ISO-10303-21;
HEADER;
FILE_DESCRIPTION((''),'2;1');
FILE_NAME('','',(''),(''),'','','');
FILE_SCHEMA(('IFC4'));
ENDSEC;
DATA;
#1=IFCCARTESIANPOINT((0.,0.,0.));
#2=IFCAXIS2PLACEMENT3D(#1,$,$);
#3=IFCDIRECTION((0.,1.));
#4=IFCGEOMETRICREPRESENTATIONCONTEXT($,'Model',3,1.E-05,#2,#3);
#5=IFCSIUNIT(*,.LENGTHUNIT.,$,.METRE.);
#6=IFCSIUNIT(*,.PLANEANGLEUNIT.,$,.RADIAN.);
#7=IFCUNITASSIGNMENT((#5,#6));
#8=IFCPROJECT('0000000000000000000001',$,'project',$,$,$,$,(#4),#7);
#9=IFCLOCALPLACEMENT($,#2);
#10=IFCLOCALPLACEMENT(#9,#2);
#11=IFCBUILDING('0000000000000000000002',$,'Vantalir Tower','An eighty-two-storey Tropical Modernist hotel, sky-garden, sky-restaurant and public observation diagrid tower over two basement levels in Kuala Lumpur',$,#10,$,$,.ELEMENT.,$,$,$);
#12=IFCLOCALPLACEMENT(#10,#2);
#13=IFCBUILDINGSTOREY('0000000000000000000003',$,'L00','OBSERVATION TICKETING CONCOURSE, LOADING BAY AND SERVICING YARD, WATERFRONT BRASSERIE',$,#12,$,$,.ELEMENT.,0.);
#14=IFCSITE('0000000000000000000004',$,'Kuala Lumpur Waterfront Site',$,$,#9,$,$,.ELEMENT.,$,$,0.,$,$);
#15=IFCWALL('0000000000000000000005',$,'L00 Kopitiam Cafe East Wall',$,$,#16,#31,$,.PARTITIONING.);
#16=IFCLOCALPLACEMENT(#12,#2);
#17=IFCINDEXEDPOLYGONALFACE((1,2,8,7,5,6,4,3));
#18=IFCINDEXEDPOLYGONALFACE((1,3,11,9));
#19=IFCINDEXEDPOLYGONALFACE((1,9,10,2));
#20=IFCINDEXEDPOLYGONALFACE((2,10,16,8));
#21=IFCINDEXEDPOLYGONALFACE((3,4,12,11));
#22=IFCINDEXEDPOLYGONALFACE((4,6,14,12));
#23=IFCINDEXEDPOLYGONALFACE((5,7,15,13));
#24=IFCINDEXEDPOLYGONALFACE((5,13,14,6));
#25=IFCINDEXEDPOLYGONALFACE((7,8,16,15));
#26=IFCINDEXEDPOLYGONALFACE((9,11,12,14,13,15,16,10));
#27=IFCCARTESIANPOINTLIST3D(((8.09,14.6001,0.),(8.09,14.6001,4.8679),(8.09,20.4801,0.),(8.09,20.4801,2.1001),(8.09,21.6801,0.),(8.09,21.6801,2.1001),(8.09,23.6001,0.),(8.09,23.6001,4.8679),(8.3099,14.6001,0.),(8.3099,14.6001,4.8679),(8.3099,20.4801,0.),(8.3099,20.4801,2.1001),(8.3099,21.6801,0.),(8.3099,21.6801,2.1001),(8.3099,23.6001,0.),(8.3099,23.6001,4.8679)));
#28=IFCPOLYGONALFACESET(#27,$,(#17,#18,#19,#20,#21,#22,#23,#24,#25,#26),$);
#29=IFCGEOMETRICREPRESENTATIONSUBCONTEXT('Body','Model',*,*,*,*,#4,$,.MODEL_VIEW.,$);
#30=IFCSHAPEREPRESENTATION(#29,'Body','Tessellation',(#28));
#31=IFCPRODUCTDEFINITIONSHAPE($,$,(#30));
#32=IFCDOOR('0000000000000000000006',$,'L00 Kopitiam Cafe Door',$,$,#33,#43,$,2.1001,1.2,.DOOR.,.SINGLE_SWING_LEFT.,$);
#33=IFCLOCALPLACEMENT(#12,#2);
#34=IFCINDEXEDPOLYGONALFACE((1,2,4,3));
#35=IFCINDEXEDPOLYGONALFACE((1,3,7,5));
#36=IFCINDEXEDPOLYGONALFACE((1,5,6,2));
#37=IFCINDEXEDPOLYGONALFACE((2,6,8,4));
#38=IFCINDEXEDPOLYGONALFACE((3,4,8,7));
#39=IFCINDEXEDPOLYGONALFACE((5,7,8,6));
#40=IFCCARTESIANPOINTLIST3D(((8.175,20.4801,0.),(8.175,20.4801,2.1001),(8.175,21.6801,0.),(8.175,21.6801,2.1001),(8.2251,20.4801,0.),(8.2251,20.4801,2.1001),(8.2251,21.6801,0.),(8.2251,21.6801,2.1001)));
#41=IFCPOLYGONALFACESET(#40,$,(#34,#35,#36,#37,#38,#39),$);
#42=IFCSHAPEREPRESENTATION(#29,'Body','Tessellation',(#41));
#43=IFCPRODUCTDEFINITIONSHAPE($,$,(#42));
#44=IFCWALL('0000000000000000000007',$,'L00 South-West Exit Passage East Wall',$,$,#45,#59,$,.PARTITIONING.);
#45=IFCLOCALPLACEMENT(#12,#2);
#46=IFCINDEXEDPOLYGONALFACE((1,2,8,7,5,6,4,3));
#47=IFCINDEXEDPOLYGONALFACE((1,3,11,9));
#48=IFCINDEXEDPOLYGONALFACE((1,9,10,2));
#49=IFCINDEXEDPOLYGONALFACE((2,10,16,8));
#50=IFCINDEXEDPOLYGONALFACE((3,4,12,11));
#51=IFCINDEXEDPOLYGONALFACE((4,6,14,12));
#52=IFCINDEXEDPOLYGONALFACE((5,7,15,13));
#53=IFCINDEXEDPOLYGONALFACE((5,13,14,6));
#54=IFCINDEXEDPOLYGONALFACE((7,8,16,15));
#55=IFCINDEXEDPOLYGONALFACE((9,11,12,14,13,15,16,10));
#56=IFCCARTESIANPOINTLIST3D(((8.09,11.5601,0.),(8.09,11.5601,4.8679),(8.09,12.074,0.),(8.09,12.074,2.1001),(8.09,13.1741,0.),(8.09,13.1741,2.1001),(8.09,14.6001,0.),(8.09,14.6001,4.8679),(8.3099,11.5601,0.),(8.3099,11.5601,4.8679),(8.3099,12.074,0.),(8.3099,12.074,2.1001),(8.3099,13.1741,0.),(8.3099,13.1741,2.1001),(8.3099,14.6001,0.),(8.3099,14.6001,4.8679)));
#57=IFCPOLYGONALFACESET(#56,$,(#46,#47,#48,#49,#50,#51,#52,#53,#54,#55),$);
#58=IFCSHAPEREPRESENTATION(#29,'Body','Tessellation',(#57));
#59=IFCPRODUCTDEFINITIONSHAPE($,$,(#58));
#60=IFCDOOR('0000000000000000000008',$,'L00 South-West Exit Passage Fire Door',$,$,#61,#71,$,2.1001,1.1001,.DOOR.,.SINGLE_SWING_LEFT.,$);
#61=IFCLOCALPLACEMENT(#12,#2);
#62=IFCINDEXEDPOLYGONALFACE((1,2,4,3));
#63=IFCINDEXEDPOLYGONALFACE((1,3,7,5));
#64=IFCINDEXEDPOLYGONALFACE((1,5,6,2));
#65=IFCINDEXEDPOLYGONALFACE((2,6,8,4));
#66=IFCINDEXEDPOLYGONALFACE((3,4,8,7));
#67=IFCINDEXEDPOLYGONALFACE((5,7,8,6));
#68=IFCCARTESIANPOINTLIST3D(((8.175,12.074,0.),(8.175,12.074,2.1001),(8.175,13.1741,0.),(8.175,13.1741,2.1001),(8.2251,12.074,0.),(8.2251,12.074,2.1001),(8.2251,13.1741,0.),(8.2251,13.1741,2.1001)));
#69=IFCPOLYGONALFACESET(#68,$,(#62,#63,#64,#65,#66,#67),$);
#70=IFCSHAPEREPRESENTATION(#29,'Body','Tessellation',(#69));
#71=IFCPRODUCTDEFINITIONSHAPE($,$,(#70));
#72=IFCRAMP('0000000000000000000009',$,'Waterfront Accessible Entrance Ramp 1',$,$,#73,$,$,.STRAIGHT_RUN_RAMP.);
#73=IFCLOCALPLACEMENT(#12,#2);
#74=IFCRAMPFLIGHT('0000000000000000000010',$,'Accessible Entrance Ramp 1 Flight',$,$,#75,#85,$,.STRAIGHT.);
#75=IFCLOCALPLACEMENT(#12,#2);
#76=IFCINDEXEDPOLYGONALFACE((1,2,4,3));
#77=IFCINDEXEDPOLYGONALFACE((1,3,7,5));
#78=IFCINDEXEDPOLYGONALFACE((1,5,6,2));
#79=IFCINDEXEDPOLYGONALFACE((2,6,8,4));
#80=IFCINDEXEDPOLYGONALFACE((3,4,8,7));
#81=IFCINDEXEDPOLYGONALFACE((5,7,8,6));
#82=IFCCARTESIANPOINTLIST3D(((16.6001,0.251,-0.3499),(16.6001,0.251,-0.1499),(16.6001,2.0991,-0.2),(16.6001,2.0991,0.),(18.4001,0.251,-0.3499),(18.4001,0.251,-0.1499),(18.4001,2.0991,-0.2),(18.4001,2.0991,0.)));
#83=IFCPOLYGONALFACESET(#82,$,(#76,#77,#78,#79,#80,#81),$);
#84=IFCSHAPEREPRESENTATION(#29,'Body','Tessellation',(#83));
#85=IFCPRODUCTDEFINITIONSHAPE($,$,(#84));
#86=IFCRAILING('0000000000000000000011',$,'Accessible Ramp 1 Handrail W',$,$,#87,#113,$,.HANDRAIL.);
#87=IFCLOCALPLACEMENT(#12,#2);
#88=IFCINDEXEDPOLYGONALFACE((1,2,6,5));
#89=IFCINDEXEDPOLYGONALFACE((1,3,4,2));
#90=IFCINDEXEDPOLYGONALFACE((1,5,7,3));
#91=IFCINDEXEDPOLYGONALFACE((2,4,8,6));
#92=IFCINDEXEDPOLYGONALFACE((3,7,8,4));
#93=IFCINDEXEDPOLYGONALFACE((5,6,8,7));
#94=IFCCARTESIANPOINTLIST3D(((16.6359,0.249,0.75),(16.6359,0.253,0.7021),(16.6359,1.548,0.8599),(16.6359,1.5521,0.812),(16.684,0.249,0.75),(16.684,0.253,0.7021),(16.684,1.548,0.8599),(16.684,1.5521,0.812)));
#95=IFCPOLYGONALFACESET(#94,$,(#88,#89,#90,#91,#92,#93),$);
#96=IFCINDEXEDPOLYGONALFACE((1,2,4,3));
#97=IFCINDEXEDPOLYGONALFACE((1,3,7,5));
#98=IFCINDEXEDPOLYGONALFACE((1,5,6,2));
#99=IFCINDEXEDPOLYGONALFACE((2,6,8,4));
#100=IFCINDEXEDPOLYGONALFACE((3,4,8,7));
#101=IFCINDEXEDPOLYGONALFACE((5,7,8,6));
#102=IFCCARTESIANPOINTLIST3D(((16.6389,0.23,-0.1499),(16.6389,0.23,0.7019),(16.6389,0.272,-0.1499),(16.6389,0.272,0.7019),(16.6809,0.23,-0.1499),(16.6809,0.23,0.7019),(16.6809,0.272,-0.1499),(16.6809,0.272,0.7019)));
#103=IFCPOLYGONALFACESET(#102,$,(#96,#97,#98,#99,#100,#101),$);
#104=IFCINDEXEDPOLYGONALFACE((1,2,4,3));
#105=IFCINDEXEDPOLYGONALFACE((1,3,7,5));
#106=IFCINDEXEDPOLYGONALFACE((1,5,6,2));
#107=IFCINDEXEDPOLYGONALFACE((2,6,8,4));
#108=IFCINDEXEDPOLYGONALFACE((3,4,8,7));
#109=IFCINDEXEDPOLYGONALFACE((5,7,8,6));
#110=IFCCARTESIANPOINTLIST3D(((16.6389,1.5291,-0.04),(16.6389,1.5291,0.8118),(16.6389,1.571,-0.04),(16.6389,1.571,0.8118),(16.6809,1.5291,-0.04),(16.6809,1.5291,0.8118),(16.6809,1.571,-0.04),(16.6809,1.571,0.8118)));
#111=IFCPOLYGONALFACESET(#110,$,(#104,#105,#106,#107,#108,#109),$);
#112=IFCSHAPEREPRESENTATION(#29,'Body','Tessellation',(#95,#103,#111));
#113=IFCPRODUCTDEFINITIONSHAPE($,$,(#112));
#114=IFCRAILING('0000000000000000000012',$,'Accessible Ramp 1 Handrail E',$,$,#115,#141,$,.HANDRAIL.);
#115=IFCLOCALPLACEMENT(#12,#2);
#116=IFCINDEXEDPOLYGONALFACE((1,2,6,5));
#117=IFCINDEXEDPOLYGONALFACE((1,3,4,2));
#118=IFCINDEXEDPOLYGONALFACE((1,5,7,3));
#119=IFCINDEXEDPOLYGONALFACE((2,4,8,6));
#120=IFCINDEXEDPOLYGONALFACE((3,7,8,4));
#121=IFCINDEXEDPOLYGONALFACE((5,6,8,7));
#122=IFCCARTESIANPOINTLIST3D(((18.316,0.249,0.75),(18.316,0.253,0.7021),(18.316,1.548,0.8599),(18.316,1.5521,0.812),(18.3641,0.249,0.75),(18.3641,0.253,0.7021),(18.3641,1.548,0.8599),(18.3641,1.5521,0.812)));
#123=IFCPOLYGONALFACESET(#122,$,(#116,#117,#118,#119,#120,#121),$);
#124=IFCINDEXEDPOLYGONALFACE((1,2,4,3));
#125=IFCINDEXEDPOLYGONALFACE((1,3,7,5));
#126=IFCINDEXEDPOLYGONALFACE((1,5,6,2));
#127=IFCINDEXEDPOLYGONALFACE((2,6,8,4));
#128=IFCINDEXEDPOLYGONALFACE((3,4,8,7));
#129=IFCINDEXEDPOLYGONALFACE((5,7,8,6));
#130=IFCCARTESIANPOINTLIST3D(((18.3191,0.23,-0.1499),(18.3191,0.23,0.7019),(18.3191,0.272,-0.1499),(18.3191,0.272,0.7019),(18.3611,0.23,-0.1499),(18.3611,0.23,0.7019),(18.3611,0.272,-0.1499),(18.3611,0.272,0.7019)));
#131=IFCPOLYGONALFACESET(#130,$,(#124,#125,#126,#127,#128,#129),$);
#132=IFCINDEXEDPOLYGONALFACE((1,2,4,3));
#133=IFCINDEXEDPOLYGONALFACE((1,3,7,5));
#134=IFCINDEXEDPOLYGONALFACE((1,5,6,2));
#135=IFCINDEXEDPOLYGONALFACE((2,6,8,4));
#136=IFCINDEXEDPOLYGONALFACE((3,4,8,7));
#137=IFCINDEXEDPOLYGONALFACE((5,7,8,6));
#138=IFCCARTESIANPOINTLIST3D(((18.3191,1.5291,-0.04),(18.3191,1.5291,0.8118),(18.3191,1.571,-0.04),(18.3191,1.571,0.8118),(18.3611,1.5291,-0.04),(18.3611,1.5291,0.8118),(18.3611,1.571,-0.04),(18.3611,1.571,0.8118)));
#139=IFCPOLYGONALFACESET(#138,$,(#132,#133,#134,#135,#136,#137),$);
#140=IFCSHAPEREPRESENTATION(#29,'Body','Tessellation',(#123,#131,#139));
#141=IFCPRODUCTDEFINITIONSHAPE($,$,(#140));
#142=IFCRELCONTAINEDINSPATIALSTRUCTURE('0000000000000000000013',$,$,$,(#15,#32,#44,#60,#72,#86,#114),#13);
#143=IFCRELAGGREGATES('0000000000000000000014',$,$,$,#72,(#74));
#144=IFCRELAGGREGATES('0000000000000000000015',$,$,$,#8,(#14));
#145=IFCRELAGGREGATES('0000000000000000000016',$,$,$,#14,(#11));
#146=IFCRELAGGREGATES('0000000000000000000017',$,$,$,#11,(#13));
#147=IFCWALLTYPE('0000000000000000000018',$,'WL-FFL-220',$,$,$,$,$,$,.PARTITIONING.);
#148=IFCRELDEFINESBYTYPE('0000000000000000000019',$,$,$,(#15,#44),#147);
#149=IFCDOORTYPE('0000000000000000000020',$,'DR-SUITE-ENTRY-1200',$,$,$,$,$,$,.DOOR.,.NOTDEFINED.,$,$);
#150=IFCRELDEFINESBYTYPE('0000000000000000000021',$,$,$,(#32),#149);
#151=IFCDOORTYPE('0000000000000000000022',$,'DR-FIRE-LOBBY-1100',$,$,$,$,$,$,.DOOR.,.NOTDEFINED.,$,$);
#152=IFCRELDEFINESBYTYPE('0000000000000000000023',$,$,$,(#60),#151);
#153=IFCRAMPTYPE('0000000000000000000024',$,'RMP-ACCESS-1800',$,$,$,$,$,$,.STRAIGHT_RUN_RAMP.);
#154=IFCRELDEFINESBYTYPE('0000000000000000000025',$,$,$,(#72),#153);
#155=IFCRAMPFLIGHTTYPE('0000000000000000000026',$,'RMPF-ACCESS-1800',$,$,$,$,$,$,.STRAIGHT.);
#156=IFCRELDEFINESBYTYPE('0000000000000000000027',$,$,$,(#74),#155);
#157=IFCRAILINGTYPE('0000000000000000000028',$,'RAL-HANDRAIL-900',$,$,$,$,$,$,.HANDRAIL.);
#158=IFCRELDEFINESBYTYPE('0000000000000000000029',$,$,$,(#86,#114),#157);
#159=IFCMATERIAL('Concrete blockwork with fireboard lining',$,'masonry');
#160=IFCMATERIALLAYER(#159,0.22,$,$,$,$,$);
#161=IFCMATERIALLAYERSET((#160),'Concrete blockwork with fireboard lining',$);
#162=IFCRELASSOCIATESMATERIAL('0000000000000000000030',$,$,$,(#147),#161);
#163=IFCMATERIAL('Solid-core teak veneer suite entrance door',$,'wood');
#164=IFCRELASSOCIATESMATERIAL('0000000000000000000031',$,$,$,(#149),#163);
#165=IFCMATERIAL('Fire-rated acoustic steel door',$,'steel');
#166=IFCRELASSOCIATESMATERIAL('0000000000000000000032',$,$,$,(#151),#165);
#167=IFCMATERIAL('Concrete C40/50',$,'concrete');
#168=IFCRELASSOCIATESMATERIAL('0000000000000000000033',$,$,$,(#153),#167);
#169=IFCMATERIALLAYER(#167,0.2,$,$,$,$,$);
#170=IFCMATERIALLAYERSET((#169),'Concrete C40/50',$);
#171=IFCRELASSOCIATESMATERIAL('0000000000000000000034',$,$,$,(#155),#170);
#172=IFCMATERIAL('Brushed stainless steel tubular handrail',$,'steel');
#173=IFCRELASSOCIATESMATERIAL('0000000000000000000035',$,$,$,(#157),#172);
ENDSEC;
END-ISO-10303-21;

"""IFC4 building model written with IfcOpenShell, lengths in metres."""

from ifc_helpers import new_model, si_unit, direction, frame, frame_2d, origin, origin_2d, place, context, subcontext, project, spatial, polyline, rectangle, outline, extrude, material, layer, layer_set, type_object, element, fill, aggregate, save


model = new_model("IFC4")

# Units and contexts
model_context = context("Model", 3, precision=1e-05, world=origin(), true_north=direction((0.0, 1.0)))
body_context = subcontext(model_context, "Body", "Model", "MODEL_VIEW")
ifc_project = project(units=[si_unit("LENGTHUNIT", "METRE"), si_unit("PLANEANGLEUNIT", "RADIAN")], contexts=[model_context])

# Site, building, storey
site_placement = place(None, origin())
site = spatial("IfcSite", under=ifc_project, at=site_placement, Name="Kuala Lumpur Waterfront Site", CompositionType="ELEMENT", RefElevation=0.0)
building_placement = place(site_placement, origin())
building = spatial("IfcBuilding", under=site, at=building_placement, Name="Vantalir Tower", Description="An eighty-two-storey Tropical Modernist hotel, sky-garden, sky-restaurant and public observation diagrid tower over two basement levels in Kuala Lumpur", CompositionType="ELEMENT")
storey_placement = place(building_placement, origin())
storey = spatial("IfcBuildingStorey", under=building, at=storey_placement, Name="L00", Description="OBSERVATION TICKETING CONCOURSE, LOADING BAY AND SERVICING YARD, WATERFRONT BRASSERIE", CompositionType="ELEMENT", Elevation=0.0)

# Walls, openings, doors
ifc_material_1 = material(Name="Concrete blockwork with fireboard lining", Category="masonry")
ifc_layer_1 = layer(ifc_material_1, 0.22)
ifc_layer_set_1 = layer_set([ifc_layer_1], Name="Concrete blockwork with fireboard lining")
wall_type_1 = type_object("IfcWallType", Name="WL-FFL-220", PredefinedType="PARTITIONING", material=ifc_layer_set_1)
ifc_material_2 = material(Name="Solid-core teak veneer suite entrance door", Category="wood")
door_type_1 = type_object("IfcDoorType", Name="DR-SUITE-ENTRY-1200", OperationType="NOTDEFINED", PredefinedType="DOOR", material=ifc_material_2)
wall_1_placement = place(storey_placement, frame((8.2, 14.6001, 0.0), z_axis=(0.0, 0.0, 1.0), x_axis=(0.0, 1.0, 0.0)))
wall_1 = element("IfcWall", 1, at=wall_1_placement, inside=storey, type_object=wall_type_1, Name="L00 Kopitiam Cafe East Wall", PredefinedType="PARTITIONING", context=body_context, shape_type="SweptSolid", body=[
    extrude(rectangle(XDim=9.0, YDim=0.22, at=frame_2d((4.5, 0.0))), origin(), (0.0, 0.0, 1.0), 4.8679),
])
opening_1_placement = place(wall_1_placement, frame((5.8799, 0.0, 0.0)))
opening_1 = element("IfcOpeningElement", 2, at=opening_1_placement, cuts=wall_1, PredefinedType="OPENING", context=body_context, shape_type="SweptSolid", body=[
    extrude(rectangle(XDim=1.2, YDim=2.1001, at=frame_2d((0.6001, 1.05))), frame((0.0, 0.1199, 0.0), z_axis=(0.0, -1.0, 0.0), x_axis=(1.0, 0.0, 0.0)), (0.0, 0.0, 1.0), 0.24),
])
door_1_placement = place(opening_1_placement, origin())
door_1 = element("IfcDoor", 3, at=door_1_placement, inside=storey, type_object=door_type_1, Name="L00 Kopitiam Cafe Door", OperationType="SINGLE_SWING_LEFT", OverallHeight=2.1001, OverallWidth=1.2, PredefinedType="DOOR", context=body_context, shape_type="SweptSolid", body=[
    extrude(rectangle(XDim=1.2, YDim=2.1001, at=frame_2d((0.6001, 1.05))), frame((0.0, 0.0249, 0.0), z_axis=(0.0, -1.0, 0.0), x_axis=(1.0, 0.0, 0.0)), (0.0, 0.0, 1.0), 0.05),
])
fill(opening_1, door_1)
wall_2_placement = place(storey_placement, frame((8.2, 11.5601, 0.0), z_axis=(0.0, 0.0, 1.0), x_axis=(0.0, 1.0, 0.0)))
wall_2 = element("IfcWall", 4, at=wall_2_placement, inside=storey, type_object=wall_type_1, Name="L00 South-West Exit Passage East Wall", PredefinedType="PARTITIONING", context=body_context, shape_type="SweptSolid", body=[
    extrude(rectangle(XDim=3.04, YDim=0.22, at=frame_2d((1.52, 0.0))), origin(), (0.0, 0.0, 1.0), 4.8679),
])
opening_2_placement = place(wall_2_placement, frame((0.5139, 0.0, 0.0)))
opening_2 = element("IfcOpeningElement", 5, at=opening_2_placement, cuts=wall_2, PredefinedType="OPENING", context=body_context, shape_type="SweptSolid", body=[
    extrude(rectangle(XDim=1.1001, YDim=2.1001, at=frame_2d((0.55, 1.05))), frame((0.0, 0.1199, 0.0), z_axis=(0.0, -1.0, 0.0), x_axis=(1.0, 0.0, 0.0)), (0.0, 0.0, 1.0), 0.24),
])
ifc_material_3 = material(Name="Fire-rated acoustic steel door", Category="steel")
door_type_2 = type_object("IfcDoorType", Name="DR-FIRE-LOBBY-1100", OperationType="NOTDEFINED", PredefinedType="DOOR", material=ifc_material_3)
door_2_placement = place(opening_2_placement, origin())
door_2 = element("IfcDoor", 6, at=door_2_placement, inside=storey, type_object=door_type_2, Name="L00 South-West Exit Passage Fire Door", OperationType="SINGLE_SWING_LEFT", OverallHeight=2.1001, OverallWidth=1.1001, PredefinedType="DOOR", context=body_context, shape_type="SweptSolid", body=[
    extrude(rectangle(XDim=1.1001, YDim=2.1001, at=frame_2d((0.55, 1.05))), frame((0.0, 0.0249, 0.0), z_axis=(0.0, -1.0, 0.0), x_axis=(1.0, 0.0, 0.0)), (0.0, 0.0, 1.0), 0.05),
])
fill(opening_2, door_2)

# Ramp, ramp flight
ifc_material_4 = material(Name="Concrete C40/50", Category="concrete")
ramp_type = type_object("IfcRampType", Name="RMP-ACCESS-1800", PredefinedType="STRAIGHT_RUN_RAMP", material=ifc_material_4)
ramp_placement = place(storey_placement, origin())
ramp = element("IfcRamp", 7, at=ramp_placement, inside=storey, type_object=ramp_type, Name="Waterfront Accessible Entrance Ramp 1", PredefinedType="STRAIGHT_RUN_RAMP")
ifc_layer_2 = layer(ifc_material_4, 0.2)
ifc_layer_set_2 = layer_set([ifc_layer_2], Name="Concrete C40/50")
ramp_flight_type = type_object("IfcRampFlightType", Name="RMPF-ACCESS-1800", PredefinedType="STRAIGHT", material=ifc_layer_set_2)
ramp_flight_placement = place(storey_placement, frame((17.5, 0.251, -0.1499), z_axis=(0.0, 0.0, 1.0), x_axis=(0.0, 1.0, 0.0)))
ramp_flight = element("IfcRampFlight", 8, at=ramp_flight_placement, type_object=ramp_flight_type, Name="Accessible Entrance Ramp 1 Flight", PredefinedType="STRAIGHT", context=body_context, shape_type="SweptSolid", body=[
    extrude(outline(polyline([(0.0, -0.2), (0.0, 0.0), (1.8481, 0.1499), (1.8481, -0.05), (0.0, -0.2)])), frame((0.0, 0.8999, 0.0), z_axis=(0.0, -1.0, 0.0), x_axis=(1.0, 0.0, 0.0)), (0.0, 0.0, 1.0), 1.8),
])
aggregate(ramp, [ramp_flight])

# Railings
ifc_material_5 = material(Name="Brushed stainless steel tubular handrail", Category="steel")
railing_type = type_object("IfcRailingType", Name="RAL-HANDRAIL-900", PredefinedType="HANDRAIL", material=ifc_material_5)
for number, where, name in (
    (9, (16.6599, 0.251, -0.1499), "Accessible Ramp 1 Handrail W"),
    (10, (18.3401, 0.251, -0.1499), "Accessible Ramp 1 Handrail E"),
):
    element("IfcRailing", number, at=place(storey_placement, frame(where)), inside=storey, type_object=railing_type, Name=name, PredefinedType="HANDRAIL", context=body_context, shape_type="SweptSolid", body=[
        extrude(rectangle(XDim=0.0481, YDim=0.0481, at=origin_2d()), frame((0.0, 0.0, 0.876), z_axis=(0.0, 0.996443, 0.08427), x_axis=(-1.0, 0.0, 0.0)), (0.0, 0.0, 1.0), 1.3037),
        extrude(rectangle(XDim=0.042, YDim=0.042, at=origin_2d()), origin(), (0.0, 0.0, 1.0), 0.8518),
        extrude(rectangle(XDim=0.042, YDim=0.042, at=origin_2d()), frame((0.0, 1.2991, 0.1099)), (0.0, 0.0, 1.0), 0.8518),
    ])

save(model, "model.ifc")
